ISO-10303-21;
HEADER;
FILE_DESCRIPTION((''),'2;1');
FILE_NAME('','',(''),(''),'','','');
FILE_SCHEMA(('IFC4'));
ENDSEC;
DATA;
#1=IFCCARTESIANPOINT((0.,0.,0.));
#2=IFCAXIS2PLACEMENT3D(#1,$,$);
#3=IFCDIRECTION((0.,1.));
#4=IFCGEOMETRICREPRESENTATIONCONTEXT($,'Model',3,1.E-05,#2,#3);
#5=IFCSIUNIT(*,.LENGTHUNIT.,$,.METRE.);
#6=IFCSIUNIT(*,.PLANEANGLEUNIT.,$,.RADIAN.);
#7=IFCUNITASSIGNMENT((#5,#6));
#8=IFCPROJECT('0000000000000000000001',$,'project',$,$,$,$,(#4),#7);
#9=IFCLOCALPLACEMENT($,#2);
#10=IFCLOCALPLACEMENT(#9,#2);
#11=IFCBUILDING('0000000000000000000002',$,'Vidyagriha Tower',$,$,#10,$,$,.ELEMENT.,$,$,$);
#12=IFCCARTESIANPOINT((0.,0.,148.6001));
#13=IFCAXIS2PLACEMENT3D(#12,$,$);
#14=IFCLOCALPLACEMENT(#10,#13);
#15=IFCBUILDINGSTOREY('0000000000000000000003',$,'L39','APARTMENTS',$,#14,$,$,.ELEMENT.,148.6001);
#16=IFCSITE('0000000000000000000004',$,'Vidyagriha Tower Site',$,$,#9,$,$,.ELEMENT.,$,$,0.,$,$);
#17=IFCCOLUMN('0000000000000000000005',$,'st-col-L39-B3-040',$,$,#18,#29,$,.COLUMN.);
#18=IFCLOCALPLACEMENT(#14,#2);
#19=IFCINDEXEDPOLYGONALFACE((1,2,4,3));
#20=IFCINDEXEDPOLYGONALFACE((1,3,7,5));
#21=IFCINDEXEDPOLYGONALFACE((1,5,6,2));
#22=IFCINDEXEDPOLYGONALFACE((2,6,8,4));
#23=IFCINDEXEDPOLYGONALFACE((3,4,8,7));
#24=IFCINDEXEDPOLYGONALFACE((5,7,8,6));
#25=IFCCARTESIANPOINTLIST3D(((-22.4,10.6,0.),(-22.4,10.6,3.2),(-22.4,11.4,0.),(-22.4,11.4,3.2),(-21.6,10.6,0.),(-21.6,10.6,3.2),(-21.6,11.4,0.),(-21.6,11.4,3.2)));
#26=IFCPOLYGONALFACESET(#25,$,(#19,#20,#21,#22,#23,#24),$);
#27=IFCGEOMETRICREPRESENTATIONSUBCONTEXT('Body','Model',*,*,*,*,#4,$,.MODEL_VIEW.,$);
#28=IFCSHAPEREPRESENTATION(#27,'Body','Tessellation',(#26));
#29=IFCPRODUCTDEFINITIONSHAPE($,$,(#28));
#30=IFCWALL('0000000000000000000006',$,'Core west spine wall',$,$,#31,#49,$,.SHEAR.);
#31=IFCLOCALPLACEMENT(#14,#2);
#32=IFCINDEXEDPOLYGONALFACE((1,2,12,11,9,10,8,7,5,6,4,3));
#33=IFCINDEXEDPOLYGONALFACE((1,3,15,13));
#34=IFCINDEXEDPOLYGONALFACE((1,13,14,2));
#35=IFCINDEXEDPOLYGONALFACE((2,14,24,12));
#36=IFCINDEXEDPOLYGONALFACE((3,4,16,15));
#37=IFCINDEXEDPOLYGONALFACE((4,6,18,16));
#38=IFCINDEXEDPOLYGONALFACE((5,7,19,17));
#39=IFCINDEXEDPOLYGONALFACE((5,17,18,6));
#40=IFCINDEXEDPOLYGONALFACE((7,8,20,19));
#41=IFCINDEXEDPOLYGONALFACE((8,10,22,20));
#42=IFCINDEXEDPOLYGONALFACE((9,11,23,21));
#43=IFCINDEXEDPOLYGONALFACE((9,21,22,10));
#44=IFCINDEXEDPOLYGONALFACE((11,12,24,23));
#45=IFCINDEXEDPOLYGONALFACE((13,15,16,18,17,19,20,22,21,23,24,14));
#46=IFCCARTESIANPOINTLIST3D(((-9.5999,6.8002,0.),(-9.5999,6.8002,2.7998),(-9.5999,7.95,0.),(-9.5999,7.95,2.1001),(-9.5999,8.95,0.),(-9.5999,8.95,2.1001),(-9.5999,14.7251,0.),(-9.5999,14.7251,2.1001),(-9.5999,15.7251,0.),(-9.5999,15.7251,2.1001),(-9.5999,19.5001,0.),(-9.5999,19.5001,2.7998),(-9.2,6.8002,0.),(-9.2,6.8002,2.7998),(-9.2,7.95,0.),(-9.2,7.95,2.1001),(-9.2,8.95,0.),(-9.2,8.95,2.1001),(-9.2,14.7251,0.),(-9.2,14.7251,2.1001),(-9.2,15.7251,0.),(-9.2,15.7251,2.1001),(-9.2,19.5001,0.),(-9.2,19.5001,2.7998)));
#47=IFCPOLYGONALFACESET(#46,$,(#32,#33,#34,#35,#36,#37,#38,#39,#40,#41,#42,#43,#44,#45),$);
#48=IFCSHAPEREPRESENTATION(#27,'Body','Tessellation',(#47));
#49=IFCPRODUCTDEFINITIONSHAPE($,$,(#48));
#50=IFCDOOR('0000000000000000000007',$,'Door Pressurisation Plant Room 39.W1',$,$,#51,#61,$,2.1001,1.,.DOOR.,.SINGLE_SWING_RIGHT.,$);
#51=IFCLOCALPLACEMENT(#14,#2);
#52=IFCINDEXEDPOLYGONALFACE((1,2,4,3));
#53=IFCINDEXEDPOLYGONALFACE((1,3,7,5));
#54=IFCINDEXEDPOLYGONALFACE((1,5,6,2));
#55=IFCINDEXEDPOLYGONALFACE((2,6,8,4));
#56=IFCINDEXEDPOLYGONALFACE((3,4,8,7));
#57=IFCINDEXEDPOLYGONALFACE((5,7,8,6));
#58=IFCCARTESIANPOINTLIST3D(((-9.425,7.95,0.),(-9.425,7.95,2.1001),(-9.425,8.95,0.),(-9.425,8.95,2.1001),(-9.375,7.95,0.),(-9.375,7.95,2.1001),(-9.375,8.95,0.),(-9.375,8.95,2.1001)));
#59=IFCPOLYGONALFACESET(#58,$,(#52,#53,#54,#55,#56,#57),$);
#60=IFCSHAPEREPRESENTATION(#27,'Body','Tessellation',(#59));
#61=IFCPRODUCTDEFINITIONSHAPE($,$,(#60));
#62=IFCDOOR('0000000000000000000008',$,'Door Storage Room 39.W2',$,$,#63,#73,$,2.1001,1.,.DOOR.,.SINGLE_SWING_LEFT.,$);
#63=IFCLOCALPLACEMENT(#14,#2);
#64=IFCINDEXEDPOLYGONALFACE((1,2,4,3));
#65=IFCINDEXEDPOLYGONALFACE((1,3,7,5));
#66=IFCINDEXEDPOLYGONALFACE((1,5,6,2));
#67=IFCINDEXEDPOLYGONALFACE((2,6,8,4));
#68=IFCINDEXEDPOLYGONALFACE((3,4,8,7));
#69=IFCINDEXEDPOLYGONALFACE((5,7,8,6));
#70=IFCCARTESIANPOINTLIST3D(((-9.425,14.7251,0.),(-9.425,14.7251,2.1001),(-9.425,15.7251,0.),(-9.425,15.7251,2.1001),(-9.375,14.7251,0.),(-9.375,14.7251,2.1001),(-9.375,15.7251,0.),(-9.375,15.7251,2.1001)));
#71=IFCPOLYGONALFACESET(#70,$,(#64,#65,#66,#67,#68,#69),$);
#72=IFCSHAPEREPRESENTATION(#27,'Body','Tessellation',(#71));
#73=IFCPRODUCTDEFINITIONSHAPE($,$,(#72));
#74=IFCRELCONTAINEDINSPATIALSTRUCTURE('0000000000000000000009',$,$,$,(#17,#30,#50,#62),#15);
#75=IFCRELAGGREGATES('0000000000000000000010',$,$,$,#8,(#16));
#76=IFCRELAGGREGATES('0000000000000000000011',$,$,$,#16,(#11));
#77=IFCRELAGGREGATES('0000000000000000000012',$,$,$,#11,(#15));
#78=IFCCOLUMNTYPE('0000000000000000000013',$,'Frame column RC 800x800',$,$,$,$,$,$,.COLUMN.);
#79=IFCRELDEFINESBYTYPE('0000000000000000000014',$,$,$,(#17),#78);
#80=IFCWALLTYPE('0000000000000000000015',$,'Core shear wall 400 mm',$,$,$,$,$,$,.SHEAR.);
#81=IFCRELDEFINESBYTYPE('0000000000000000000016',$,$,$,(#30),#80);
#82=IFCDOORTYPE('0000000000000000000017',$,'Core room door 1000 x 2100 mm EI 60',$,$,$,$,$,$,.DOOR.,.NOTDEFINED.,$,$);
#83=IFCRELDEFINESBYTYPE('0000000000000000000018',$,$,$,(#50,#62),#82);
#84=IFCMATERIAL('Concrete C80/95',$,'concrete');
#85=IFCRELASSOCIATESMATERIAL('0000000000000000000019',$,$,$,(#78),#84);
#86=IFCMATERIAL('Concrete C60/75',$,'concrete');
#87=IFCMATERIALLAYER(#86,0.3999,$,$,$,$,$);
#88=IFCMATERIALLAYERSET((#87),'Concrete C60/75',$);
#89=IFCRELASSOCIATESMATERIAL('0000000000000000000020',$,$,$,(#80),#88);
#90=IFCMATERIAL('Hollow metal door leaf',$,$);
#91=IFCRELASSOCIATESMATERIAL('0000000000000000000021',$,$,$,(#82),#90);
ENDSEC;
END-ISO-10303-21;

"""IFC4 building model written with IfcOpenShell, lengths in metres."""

from ifc_helpers import new_model, si_unit, direction, frame, frame_2d, origin, origin_2d, place, context, subcontext, project, spatial, rectangle, extrude, material, layer, layer_set, material_profile, profile_set, type_object, element, fill, save


model = new_model("IFC4")

# Units and contexts
model_context = context("Model", 3, precision=1e-05, world=origin(), true_north=direction((0.0, 1.0)))
body_context = subcontext(model_context, "Body", "Model", "MODEL_VIEW")
ifc_project = project(units=[si_unit("LENGTHUNIT", "METRE"), si_unit("PLANEANGLEUNIT", "RADIAN")], contexts=[model_context])

# Site, building, storey
site_placement = place(None, origin())
site = spatial("IfcSite", under=ifc_project, at=site_placement, Name="Vidyagriha Tower Site", CompositionType="ELEMENT", RefElevation=0.0)
building_placement = place(site_placement, origin())
building = spatial("IfcBuilding", under=site, at=building_placement, Name="Vidyagriha Tower", CompositionType="ELEMENT")
storey_placement = place(building_placement, frame((0.0, 0.0, 148.6001)))
storey = spatial("IfcBuildingStorey", under=building, at=storey_placement, Name="L39", Description="APARTMENTS", CompositionType="ELEMENT", Elevation=148.6001)

# Column
ifc_material_1 = material(Name="Concrete C80/95", Category="concrete")
ifc_material_profile = material_profile(ifc_material_1, rectangle(XDim=0.8, YDim=0.8, at=origin_2d()), Name="RC 800x800")
ifc_profile_set = profile_set([ifc_material_profile], Name="Concrete C80/95")
column_type = type_object("IfcColumnType", Name="Frame column RC 800x800", PredefinedType="COLUMN", material=ifc_profile_set)
column_placement = place(storey_placement, frame((-22.0, 11.0, 0.0)))
element("IfcColumn", 1, at=column_placement, inside=storey, type_object=column_type, Name="st-col-L39-B3-040", PredefinedType="COLUMN", context=body_context, shape_type="SweptSolid", body=[
    extrude(rectangle(XDim=0.8, YDim=0.8, at=origin_2d()), origin(), (0.0, 0.0, 1.0), 3.2),
])

# Wall, openings, doors
ifc_material_2 = material(Name="Concrete C60/75", Category="concrete")
ifc_layer_1 = layer(ifc_material_2, 0.3999)
ifc_layer_set_1 = layer_set([ifc_layer_1], Name="Concrete C60/75")
wall_type_1 = type_object("IfcWallType", Name="Core shear wall 400 mm", PredefinedType="SHEAR", material=ifc_layer_set_1)
wall_1_placement = place(storey_placement, frame((-9.3999, 6.8, 0.0), z_axis=(0.0, 0.0, 1.0), x_axis=(0.0, 1.0, 0.0)))
wall_1 = element("IfcWall", 2, at=wall_1_placement, inside=storey, type_object=wall_type_1, Name="Core west spine wall", PredefinedType="SHEAR", context=body_context, shape_type="SweptSolid", body=[
    extrude(rectangle(XDim=12.7, YDim=0.3999, at=frame_2d((6.3501, 0.0))), origin(), (0.0, 0.0, 1.0), 2.7998),
])
opening_1_placement = place(wall_1_placement, frame((1.1499, 0.0, 0.0)))
opening_1 = element("IfcOpeningElement", 3, at=opening_1_placement, cuts=wall_1, PredefinedType="OPENING", context=body_context, shape_type="SweptSolid", body=[
    extrude(rectangle(XDim=1.0, YDim=2.1001, at=frame_2d((0.5, 1.05))), frame((0.0, 0.21, 0.0), z_axis=(0.0, -1.0, 0.0), x_axis=(1.0, 0.0, 0.0)), (0.0, 0.0, 1.0), 0.4199),
])
opening_2_placement = place(wall_1_placement, frame((7.925, 0.0, 0.0)))
opening_2 = element("IfcOpeningElement", 4, at=opening_2_placement, cuts=wall_1, PredefinedType="OPENING", context=body_context, shape_type="SweptSolid", body=[
    extrude(rectangle(XDim=1.0, YDim=2.1001, at=frame_2d((0.5, 1.05))), frame((0.0, 0.21, 0.0), z_axis=(0.0, -1.0, 0.0), x_axis=(1.0, 0.0, 0.0)), (0.0, 0.0, 1.0), 0.4199),
])
ifc_material_3 = material(Name="Hollow metal door leaf")
door_type_1 = type_object("IfcDoorType", Name="Core room door 1000 x 2100 mm EI 60", OperationType="NOTDEFINED", PredefinedType="DOOR", material=ifc_material_3)
door_1_placement = place(opening_1_placement, frame((1.0, 0.0, 0.0), z_axis=(0.0, 0.0, 1.0), x_axis=(-1.0, 0.0, 0.0)))
door_1 = element("IfcDoor", 5, at=door_1_placement, inside=storey, type_object=door_type_1, Name="Door Pressurisation Plant Room 39.W1", OperationType="SINGLE_SWING_RIGHT", OverallHeight=2.1001, OverallWidth=1.0, PredefinedType="DOOR", context=body_context, shape_type="SweptSolid", body=[
    extrude(rectangle(XDim=1.0, YDim=2.1001, at=frame_2d((0.5, 1.05))), frame((0.0, 0.0249, 0.0), z_axis=(0.0, -1.0, 0.0), x_axis=(1.0, 0.0, 0.0)), (0.0, 0.0, 1.0), 0.05),
])
fill(opening_1, door_1)
door_2_placement = place(opening_2_placement, frame((1.0, 0.0, 0.0), z_axis=(0.0, 0.0, 1.0), x_axis=(-1.0, 0.0, 0.0)))
door_2 = element("IfcDoor", 6, at=door_2_placement, inside=storey, type_object=door_type_1, Name="Door Storage Room 39.W2", OperationType="SINGLE_SWING_LEFT", OverallHeight=2.1001, OverallWidth=1.0, PredefinedType="DOOR", context=body_context, shape_type="SweptSolid", body=[
    extrude(rectangle(XDim=1.0, YDim=2.1001, at=frame_2d((0.5, 1.05))), frame((0.0, 0.0249, 0.0), z_axis=(0.0, -1.0, 0.0), x_axis=(1.0, 0.0, 0.0)), (0.0, 0.0, 1.0), 0.05),
])
fill(opening_2, door_2)

save(model, "model.ifc")
